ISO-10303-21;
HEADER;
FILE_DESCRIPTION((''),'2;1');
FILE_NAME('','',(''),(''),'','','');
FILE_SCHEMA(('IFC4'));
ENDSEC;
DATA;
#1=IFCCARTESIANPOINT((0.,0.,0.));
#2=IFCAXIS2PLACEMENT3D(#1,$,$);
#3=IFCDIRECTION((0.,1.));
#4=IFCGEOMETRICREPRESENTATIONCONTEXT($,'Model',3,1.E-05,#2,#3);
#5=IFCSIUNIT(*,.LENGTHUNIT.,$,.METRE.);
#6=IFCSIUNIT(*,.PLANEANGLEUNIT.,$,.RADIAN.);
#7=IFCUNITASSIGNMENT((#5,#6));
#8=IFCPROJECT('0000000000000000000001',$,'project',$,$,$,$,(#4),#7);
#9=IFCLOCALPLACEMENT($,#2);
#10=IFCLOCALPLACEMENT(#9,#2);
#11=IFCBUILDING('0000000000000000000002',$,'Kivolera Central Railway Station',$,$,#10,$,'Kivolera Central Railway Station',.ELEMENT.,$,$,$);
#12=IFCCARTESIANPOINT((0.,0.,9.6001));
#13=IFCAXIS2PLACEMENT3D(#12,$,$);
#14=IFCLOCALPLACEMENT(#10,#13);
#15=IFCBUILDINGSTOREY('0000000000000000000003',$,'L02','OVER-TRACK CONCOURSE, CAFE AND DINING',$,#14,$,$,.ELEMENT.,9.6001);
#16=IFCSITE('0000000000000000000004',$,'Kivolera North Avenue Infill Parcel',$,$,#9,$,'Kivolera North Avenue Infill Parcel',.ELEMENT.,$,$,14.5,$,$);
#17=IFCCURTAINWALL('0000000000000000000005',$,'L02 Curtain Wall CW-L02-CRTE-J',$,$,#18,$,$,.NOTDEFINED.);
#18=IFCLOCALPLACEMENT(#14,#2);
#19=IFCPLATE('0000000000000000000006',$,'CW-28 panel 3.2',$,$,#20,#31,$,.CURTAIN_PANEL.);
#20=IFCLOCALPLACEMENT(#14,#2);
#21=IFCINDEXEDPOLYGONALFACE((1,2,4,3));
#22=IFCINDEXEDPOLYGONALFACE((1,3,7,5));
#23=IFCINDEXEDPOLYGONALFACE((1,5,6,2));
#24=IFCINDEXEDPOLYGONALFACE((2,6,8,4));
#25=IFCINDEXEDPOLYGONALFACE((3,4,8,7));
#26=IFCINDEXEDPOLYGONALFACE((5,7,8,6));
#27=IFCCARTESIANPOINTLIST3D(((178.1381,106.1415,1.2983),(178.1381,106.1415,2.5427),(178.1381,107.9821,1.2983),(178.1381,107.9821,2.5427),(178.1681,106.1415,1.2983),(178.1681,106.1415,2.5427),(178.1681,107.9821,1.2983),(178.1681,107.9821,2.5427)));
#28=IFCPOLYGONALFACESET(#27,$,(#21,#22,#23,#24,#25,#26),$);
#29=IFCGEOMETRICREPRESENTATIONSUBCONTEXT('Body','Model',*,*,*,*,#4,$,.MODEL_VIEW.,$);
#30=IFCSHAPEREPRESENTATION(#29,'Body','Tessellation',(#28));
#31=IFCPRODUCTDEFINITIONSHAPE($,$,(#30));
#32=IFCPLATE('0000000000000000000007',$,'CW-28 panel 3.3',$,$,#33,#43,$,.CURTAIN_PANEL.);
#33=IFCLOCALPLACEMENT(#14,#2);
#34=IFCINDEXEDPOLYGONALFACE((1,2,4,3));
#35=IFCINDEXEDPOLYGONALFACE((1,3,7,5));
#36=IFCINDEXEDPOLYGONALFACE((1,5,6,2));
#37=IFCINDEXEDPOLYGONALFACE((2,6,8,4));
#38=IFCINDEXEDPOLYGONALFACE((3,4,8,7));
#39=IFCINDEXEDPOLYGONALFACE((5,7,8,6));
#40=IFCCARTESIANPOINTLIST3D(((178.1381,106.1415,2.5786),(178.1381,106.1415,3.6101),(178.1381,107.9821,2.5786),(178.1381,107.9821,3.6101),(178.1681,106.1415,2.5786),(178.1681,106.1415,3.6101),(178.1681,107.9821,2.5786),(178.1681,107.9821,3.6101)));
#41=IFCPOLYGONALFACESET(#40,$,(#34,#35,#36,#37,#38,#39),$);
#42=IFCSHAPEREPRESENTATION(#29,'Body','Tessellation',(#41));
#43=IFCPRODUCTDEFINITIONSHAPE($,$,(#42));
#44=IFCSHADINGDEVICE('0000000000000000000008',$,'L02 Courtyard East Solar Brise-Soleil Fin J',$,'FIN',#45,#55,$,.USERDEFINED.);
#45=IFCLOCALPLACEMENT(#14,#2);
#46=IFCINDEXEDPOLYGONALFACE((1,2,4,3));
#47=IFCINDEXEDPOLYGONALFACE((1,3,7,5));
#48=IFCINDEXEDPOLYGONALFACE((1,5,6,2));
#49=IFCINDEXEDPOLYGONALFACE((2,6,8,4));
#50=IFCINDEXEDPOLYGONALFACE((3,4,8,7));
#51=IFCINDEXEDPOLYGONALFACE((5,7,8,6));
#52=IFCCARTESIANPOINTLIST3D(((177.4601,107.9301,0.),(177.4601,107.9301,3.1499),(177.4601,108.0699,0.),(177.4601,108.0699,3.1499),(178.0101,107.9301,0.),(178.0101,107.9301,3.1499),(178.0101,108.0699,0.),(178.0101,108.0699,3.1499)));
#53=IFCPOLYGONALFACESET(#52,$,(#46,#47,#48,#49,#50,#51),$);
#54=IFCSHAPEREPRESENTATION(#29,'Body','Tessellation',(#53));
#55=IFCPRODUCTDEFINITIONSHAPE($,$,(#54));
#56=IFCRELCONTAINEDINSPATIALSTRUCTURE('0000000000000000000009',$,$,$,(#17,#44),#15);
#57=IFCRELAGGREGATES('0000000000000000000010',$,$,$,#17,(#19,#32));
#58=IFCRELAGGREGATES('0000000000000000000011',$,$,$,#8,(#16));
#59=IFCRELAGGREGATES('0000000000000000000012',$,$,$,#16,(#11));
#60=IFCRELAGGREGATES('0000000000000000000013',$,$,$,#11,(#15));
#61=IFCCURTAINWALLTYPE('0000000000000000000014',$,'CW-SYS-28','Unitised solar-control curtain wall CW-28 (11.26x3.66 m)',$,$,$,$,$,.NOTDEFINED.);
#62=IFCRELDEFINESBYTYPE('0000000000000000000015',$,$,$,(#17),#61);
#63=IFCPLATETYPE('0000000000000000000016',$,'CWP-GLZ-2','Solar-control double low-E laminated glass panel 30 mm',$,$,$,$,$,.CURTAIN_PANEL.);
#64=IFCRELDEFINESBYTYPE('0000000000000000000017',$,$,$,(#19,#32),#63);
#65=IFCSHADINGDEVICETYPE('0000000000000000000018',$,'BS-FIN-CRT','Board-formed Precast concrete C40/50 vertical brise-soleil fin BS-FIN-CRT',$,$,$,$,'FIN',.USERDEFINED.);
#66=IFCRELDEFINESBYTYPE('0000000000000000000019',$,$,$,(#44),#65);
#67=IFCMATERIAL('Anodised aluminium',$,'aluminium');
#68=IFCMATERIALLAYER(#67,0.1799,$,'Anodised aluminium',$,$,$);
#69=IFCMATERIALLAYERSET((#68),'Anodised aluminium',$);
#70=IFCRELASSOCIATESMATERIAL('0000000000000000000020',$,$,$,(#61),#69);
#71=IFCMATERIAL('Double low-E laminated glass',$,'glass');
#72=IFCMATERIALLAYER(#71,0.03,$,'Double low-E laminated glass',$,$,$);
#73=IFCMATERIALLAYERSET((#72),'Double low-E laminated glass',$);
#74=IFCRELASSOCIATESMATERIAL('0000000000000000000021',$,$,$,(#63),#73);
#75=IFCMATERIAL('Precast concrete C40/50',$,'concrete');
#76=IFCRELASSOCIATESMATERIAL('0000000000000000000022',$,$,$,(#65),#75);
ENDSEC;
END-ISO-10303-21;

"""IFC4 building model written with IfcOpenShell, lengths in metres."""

from ifc_helpers import new_model, si_unit, direction, frame, origin, origin_2d, place, context, subcontext, project, spatial, rectangle, extrude, material, layer, layer_set, type_object, element, aggregate, save


model = new_model("IFC4")

# Units and contexts
model_context = context("Model", 3, precision=1e-05, world=origin(), true_north=direction((0.0, 1.0)))
body_context = subcontext(model_context, "Body", "Model", "MODEL_VIEW")
ifc_project = project(units=[si_unit("LENGTHUNIT", "METRE"), si_unit("PLANEANGLEUNIT", "RADIAN")], contexts=[model_context])

# Site, building, storey
site_placement = place(None, origin())
site = spatial("IfcSite", under=ifc_project, at=site_placement, Name="Kivolera North Avenue Infill Parcel", LongName="Kivolera North Avenue Infill Parcel", CompositionType="ELEMENT", RefElevation=14.5)
building_placement = place(site_placement, origin())
building = spatial("IfcBuilding", under=site, at=building_placement, Name="Kivolera Central Railway Station", LongName="Kivolera Central Railway Station", CompositionType="ELEMENT")
storey_placement = place(building_placement, frame((0.0, 0.0, 9.6001)))
storey = spatial("IfcBuildingStorey", under=building, at=storey_placement, Name="L02", Description="OVER-TRACK CONCOURSE, CAFE AND DINING", CompositionType="ELEMENT", Elevation=9.6001)

# Shared definitions
ifc_material_1 = material(Name="Anodised aluminium", Category="aluminium")
ifc_layer_1 = layer(ifc_material_1, 0.1799, Name="Anodised aluminium")
ifc_layer_set_1 = layer_set([ifc_layer_1], Name="Anodised aluminium")
curtain_wall_type = type_object("IfcCurtainWallType", Name="CW-SYS-28", Description="Unitised solar-control curtain wall CW-28 (11.26x3.66 m)", PredefinedType="NOTDEFINED", material=ifc_layer_set_1)

# Curtain wall
curtain_wall_1_placement = place(storey_placement, origin())
curtain_wall_1 = element("IfcCurtainWall", 1, at=curtain_wall_1_placement, inside=storey, type_object=curtain_wall_type, Name="L02 Curtain Wall CW-L02-CRTE-J", PredefinedType="NOTDEFINED")

# Plates
ifc_material_2 = material(Name="Double low-E laminated glass", Category="glass")
ifc_layer_2 = layer(ifc_material_2, 0.03, Name="Double low-E laminated glass")
ifc_layer_set_2 = layer_set([ifc_layer_2], Name="Double low-E laminated glass")
plate_type = type_object("IfcPlateType", Name="CWP-GLZ-2", Description="Solar-control double low-E laminated glass panel 30 mm", PredefinedType="CURTAIN_PANEL", material=ifc_layer_set_2)
plate_1_placement = place(storey_placement, frame((178.1531, 107.0618, 1.2983), z_axis=(0.0, 0.0, 1.0), x_axis=(0.0, 1.0, 0.0)))
plate_1 = element("IfcPlate", 2, at=plate_1_placement, type_object=plate_type, Name="CW-28 panel 3.2", PredefinedType="CURTAIN_PANEL", context=body_context, shape_type="SweptSolid", body=[
    extrude(rectangle(XDim=1.8406, YDim=0.03, at=origin_2d()), origin(), (0.0, 0.0, 1.0), 1.2444),
])
plate_2_placement = place(storey_placement, frame((178.1531, 107.0618, 2.5786), z_axis=(0.0, 0.0, 1.0), x_axis=(0.0, 1.0, 0.0)))
plate_2 = element("IfcPlate", 3, at=plate_2_placement, type_object=plate_type, Name="CW-28 panel 3.3", PredefinedType="CURTAIN_PANEL", context=body_context, shape_type="SweptSolid", body=[
    extrude(rectangle(XDim=1.8406, YDim=0.03, at=origin_2d()), origin(), (0.0, 0.0, 1.0), 1.0315),
])
aggregate(curtain_wall_1, [plate_1, plate_2])

# Shading device
ifc_material_3 = material(Name="Precast concrete C40/50", Category="concrete")
shading_device_type = type_object("IfcShadingDeviceType", Name="BS-FIN-CRT", Description="Board-formed Precast concrete C40/50 vertical brise-soleil fin BS-FIN-CRT", ElementType="FIN", PredefinedType="USERDEFINED", material=ifc_material_3)
shading_device_placement = place(storey_placement, frame((177.7351, 108.0, 0.0), z_axis=(0.0, 0.0, 1.0), x_axis=(1.0, 0.0, 0.0)))
element("IfcShadingDevice", 4, at=shading_device_placement, inside=storey, type_object=shading_device_type, Name="L02 Courtyard East Solar Brise-Soleil Fin J", ObjectType="FIN", PredefinedType="USERDEFINED", context=body_context, shape_type="SweptSolid", body=[
    extrude(rectangle(XDim=0.55, YDim=0.1399, at=origin_2d()), origin(), (0.0, 0.0, 1.0), 3.1499),
])

save(model, "model.ifc")
